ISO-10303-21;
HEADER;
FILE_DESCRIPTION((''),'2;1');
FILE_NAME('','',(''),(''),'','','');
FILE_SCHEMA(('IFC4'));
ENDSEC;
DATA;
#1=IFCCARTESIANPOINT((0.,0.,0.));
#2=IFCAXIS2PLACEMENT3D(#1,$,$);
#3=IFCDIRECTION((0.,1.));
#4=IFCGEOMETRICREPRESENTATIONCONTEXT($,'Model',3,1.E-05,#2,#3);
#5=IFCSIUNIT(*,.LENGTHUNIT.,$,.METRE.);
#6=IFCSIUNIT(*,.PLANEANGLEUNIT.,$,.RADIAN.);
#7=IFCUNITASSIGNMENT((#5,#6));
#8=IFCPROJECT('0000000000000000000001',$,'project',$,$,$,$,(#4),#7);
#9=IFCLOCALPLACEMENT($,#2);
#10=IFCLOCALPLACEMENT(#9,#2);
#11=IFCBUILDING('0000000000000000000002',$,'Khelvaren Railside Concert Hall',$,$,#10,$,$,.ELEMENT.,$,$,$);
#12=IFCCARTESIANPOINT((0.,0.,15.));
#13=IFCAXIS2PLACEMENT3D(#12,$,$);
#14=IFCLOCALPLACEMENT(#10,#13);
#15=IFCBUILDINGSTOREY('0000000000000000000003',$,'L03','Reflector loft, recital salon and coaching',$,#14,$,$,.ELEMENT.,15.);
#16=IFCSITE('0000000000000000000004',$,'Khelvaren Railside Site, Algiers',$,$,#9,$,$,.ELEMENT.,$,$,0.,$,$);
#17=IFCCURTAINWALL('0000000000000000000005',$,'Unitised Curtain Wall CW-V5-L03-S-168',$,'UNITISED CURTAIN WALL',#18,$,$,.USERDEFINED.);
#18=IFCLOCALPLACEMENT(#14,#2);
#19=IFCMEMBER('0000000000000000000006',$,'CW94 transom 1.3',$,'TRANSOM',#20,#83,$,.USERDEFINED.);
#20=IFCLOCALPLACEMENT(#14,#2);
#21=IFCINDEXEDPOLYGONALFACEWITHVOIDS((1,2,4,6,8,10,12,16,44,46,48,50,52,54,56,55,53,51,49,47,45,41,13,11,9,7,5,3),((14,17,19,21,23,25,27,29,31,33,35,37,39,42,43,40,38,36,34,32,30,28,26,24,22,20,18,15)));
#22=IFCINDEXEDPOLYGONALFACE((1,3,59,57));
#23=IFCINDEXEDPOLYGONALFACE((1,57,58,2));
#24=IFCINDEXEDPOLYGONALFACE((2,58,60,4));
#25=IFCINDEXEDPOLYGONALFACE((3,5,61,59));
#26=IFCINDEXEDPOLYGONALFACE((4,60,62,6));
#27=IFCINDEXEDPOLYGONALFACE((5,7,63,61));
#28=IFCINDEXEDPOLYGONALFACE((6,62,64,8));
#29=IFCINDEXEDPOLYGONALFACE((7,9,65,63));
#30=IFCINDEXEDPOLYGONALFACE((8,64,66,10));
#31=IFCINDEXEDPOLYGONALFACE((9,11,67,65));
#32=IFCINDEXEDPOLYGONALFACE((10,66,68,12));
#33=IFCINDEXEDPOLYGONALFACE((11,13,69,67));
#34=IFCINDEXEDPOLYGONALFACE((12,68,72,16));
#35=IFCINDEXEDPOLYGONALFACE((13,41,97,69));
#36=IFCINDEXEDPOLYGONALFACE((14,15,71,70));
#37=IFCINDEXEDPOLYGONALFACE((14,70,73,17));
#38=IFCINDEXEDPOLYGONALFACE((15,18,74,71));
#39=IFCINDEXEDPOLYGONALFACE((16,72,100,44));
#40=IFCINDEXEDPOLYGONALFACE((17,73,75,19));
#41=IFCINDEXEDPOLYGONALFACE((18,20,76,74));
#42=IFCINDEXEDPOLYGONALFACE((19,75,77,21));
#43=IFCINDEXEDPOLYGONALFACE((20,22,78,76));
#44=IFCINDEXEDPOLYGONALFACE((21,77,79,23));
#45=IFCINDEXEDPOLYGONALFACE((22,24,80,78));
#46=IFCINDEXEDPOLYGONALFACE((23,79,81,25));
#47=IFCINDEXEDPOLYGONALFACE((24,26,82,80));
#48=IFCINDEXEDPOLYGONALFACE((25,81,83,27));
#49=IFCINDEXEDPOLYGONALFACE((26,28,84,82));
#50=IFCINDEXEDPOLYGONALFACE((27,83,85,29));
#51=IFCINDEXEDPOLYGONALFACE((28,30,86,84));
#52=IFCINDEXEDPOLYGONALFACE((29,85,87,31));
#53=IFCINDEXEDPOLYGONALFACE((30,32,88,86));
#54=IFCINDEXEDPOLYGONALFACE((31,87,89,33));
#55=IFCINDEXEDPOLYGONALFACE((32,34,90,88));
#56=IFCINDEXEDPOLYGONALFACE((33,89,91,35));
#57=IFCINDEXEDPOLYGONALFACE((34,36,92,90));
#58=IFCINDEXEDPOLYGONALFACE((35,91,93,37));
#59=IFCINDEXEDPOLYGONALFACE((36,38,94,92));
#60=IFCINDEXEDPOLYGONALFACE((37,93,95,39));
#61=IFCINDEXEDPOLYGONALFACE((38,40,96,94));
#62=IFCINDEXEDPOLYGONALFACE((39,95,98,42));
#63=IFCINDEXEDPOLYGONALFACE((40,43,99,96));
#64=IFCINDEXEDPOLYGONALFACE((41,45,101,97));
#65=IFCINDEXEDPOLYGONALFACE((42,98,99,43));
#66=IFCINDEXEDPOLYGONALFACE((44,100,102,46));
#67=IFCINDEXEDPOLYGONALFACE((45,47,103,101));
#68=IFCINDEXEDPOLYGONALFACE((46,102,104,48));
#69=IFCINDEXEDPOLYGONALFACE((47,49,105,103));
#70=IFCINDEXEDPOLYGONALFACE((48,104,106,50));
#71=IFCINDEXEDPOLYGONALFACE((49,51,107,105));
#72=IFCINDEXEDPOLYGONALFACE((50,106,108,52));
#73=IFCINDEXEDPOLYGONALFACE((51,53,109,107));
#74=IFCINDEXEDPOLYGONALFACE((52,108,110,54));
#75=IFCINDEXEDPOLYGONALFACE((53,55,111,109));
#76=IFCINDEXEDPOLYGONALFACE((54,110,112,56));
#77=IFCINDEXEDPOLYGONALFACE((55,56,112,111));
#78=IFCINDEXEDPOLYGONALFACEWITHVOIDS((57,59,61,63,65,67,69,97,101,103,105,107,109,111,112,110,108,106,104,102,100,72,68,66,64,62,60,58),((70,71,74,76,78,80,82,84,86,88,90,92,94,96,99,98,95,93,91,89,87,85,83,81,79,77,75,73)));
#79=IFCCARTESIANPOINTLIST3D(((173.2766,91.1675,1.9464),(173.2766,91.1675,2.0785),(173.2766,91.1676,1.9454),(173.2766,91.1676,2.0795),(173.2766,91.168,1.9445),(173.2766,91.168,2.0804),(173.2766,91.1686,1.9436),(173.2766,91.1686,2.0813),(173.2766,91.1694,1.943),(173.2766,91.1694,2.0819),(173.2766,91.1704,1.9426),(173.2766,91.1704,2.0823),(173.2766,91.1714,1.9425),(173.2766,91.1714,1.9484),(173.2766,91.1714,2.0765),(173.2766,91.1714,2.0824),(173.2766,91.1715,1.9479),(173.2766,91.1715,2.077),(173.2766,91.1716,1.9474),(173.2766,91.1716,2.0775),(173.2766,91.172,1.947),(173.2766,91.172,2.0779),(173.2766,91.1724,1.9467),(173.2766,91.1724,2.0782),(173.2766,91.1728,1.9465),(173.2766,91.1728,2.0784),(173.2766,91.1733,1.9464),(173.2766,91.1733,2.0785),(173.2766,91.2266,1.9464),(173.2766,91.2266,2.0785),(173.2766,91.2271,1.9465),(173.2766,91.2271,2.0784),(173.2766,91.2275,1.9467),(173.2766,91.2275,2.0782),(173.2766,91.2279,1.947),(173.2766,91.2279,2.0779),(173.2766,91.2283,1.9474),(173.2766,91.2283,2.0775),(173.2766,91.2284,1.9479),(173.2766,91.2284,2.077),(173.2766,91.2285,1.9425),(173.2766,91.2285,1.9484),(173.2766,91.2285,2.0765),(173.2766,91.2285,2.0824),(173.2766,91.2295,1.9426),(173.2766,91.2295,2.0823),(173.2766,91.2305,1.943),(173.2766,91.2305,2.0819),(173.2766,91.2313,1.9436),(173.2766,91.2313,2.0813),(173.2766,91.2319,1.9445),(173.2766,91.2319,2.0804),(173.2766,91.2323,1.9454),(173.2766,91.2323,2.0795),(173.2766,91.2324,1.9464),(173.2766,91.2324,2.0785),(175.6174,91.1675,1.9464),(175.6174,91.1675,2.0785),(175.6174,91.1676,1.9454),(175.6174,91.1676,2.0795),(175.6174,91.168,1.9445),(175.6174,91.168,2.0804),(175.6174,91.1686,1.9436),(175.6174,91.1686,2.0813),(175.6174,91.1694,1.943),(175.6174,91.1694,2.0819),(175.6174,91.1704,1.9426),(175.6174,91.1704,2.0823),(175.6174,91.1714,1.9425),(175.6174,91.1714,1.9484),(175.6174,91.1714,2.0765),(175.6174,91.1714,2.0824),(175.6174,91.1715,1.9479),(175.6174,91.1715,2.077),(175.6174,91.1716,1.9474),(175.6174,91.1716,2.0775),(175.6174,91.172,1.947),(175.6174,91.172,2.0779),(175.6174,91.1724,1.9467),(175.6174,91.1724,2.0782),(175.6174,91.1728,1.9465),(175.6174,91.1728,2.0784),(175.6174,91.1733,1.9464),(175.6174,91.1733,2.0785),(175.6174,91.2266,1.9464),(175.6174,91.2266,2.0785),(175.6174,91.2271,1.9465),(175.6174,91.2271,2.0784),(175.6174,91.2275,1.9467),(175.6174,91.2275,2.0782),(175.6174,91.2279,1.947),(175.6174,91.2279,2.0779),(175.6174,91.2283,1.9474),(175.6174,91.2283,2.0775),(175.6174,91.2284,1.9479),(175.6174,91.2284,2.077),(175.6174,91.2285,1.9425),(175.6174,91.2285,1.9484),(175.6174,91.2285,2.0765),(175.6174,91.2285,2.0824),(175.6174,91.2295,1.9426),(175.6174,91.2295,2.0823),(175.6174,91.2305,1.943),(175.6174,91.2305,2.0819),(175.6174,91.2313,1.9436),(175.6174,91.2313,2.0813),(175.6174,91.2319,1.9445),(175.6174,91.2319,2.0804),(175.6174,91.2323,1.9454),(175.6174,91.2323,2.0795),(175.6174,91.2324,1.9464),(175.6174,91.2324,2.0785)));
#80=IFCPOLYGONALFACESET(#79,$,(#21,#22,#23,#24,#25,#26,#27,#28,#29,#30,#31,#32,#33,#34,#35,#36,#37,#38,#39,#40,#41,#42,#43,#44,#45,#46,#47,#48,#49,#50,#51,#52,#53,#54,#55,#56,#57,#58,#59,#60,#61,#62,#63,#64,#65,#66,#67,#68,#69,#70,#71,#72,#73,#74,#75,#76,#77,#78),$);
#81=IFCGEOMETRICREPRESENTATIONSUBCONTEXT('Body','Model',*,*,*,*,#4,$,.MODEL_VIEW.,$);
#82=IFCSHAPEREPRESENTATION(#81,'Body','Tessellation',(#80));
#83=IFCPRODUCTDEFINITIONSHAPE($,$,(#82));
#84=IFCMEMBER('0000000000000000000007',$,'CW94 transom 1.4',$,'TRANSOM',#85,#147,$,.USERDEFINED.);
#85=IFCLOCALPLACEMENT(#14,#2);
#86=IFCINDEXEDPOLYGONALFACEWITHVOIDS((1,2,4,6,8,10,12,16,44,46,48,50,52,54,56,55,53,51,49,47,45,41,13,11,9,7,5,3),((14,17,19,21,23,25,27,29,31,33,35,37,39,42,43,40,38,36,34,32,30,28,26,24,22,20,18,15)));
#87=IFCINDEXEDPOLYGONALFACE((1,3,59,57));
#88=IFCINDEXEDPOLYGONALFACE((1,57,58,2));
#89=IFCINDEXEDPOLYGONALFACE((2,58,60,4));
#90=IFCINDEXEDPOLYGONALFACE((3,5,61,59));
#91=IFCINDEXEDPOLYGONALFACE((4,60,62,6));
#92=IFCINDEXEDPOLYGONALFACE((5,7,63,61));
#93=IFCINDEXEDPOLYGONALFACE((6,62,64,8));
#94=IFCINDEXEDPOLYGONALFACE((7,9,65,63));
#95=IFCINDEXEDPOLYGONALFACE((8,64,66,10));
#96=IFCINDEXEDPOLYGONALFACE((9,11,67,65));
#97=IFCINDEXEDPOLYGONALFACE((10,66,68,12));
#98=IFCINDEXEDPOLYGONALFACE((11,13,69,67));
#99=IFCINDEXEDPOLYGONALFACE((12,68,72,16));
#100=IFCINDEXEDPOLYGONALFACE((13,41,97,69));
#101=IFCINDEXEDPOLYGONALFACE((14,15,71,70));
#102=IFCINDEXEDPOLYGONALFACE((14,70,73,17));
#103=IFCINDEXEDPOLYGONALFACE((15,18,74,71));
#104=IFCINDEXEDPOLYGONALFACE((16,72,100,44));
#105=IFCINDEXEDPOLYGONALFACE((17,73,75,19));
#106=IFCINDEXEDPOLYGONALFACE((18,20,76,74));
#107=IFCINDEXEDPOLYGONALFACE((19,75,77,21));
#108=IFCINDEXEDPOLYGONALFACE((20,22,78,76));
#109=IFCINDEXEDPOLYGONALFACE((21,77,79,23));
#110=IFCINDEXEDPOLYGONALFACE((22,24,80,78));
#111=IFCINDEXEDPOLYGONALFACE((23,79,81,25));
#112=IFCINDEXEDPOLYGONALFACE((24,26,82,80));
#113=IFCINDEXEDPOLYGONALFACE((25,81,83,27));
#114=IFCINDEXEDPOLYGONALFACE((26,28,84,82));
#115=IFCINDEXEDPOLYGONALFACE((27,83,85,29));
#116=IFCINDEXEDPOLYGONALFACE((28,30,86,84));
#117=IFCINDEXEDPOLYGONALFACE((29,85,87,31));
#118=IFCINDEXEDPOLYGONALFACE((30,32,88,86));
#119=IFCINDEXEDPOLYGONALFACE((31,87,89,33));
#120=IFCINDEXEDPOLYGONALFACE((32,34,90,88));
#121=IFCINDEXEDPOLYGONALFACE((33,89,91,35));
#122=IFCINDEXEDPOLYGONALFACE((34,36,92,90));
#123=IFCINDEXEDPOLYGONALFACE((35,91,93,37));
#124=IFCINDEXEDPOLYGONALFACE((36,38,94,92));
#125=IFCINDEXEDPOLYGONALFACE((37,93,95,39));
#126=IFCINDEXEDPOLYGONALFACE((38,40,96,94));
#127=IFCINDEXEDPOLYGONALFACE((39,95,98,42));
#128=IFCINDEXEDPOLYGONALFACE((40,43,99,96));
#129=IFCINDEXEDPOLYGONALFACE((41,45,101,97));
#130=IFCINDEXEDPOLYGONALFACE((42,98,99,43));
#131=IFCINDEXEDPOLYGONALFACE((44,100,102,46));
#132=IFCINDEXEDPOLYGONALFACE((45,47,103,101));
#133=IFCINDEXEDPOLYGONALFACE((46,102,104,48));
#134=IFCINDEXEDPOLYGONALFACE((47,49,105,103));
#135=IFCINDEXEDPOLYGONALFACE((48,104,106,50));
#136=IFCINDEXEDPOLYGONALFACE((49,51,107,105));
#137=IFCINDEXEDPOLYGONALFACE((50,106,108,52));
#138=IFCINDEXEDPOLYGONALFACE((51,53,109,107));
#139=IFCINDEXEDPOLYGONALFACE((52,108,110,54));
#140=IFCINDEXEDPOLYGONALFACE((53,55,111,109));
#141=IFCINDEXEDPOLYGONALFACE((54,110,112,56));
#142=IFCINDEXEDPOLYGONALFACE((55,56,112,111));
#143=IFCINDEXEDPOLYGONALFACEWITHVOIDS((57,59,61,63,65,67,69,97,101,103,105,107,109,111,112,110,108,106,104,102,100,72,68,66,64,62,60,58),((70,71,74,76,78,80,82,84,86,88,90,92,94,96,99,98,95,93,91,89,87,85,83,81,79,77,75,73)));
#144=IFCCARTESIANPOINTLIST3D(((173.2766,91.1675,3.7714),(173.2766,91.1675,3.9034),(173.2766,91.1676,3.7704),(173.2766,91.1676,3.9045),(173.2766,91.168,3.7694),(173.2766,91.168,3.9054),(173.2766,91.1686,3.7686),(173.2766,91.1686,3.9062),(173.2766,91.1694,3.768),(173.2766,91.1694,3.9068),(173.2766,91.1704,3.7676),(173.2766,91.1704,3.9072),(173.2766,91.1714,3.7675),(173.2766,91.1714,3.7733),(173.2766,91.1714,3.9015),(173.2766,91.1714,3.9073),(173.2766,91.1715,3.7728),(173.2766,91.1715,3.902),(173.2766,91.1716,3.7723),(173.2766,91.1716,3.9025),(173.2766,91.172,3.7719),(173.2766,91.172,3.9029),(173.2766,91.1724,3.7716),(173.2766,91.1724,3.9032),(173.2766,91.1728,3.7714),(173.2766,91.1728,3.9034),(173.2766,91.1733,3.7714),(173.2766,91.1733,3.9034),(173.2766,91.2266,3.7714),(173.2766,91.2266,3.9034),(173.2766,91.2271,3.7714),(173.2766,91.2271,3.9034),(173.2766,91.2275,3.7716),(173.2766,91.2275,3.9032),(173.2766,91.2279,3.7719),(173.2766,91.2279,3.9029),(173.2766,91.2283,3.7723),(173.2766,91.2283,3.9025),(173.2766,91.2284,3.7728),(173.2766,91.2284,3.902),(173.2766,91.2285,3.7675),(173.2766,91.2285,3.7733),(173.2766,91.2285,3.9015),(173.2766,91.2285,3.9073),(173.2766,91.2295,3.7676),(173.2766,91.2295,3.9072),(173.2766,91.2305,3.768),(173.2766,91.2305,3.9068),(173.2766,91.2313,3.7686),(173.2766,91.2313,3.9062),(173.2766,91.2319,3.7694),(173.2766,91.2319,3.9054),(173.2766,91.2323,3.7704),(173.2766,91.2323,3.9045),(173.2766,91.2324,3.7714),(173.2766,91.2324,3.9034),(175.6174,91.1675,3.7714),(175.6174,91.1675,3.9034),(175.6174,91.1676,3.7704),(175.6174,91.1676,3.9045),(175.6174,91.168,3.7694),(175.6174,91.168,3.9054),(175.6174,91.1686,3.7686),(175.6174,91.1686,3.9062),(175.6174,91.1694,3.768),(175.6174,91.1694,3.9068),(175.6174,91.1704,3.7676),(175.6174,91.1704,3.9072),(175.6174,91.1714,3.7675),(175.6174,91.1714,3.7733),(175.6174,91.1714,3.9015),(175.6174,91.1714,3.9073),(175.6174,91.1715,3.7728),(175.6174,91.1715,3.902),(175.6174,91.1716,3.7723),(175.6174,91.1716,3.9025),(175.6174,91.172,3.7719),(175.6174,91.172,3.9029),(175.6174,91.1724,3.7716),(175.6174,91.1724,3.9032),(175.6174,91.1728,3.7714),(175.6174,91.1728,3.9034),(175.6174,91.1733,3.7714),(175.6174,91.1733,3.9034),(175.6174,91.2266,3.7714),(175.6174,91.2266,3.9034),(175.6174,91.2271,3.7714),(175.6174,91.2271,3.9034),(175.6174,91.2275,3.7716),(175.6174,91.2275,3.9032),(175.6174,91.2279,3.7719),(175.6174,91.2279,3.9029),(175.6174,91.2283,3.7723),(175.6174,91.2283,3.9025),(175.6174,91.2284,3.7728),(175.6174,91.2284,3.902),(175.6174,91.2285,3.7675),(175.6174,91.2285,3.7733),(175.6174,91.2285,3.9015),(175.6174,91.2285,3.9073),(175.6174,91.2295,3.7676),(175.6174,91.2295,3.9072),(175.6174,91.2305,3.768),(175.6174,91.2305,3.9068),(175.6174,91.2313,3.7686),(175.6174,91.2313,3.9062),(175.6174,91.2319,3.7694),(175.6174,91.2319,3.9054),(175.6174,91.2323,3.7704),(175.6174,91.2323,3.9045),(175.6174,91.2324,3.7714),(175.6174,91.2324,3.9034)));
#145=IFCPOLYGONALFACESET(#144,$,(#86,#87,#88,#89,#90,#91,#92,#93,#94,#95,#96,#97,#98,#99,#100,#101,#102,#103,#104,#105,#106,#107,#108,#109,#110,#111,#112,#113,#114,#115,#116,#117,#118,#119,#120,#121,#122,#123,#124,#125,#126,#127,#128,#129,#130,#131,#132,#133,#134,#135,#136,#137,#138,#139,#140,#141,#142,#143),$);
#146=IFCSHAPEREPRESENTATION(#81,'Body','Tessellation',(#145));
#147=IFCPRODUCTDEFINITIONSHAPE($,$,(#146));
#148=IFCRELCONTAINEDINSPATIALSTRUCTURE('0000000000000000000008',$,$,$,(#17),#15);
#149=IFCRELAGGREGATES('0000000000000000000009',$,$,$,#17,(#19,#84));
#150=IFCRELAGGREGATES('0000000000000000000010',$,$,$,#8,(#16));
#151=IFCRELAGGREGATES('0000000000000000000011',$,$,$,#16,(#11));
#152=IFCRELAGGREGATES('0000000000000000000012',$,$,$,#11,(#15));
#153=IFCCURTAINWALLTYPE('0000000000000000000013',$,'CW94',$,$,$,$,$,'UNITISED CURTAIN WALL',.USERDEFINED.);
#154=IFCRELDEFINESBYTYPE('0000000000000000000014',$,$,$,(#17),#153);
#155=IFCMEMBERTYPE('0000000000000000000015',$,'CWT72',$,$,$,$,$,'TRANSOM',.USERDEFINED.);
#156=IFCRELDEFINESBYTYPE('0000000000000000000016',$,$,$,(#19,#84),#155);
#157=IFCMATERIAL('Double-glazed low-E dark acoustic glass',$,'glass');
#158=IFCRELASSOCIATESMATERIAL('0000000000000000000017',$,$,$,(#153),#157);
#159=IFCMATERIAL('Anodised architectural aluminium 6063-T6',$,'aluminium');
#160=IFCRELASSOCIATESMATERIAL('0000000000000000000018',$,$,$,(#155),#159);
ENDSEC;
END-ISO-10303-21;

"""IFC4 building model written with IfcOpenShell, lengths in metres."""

from ifc_helpers import new_model, si_unit, direction, frame, origin, origin_2d, place, context, subcontext, project, spatial, hollow_rectangle, extrude, material, material_profile, profile_set, type_object, element, aggregate, save


model = new_model("IFC4")

# Units and contexts
model_context = context("Model", 3, precision=1e-05, world=origin(), true_north=direction((0.0, 1.0)))
body_context = subcontext(model_context, "Body", "Model", "MODEL_VIEW")
ifc_project = project(units=[si_unit("LENGTHUNIT", "METRE"), si_unit("PLANEANGLEUNIT", "RADIAN")], contexts=[model_context])

# Site, building, storey
site_placement = place(None, origin())
site = spatial("IfcSite", under=ifc_project, at=site_placement, Name="Khelvaren Railside Site, Algiers", CompositionType="ELEMENT", RefElevation=0.0)
building_placement = place(site_placement, origin())
building = spatial("IfcBuilding", under=site, at=building_placement, Name="Khelvaren Railside Concert Hall", CompositionType="ELEMENT")
storey_placement = place(building_placement, frame((0.0, 0.0, 15.0)))
storey = spatial("IfcBuildingStorey", under=building, at=storey_placement, Name="L03", Description="Reflector loft, recital salon and coaching", CompositionType="ELEMENT", Elevation=15.0)

# Curtain wall
ifc_material_1 = material(Name="Double-glazed low-E dark acoustic glass", Category="glass")
curtain_wall_type_1 = type_object("IfcCurtainWallType", Name="CW94", ElementType="UNITISED CURTAIN WALL", PredefinedType="USERDEFINED", material=ifc_material_1)
curtain_wall_1_placement = place(storey_placement, origin())
curtain_wall_1 = element("IfcCurtainWall", 1, at=curtain_wall_1_placement, inside=storey, type_object=curtain_wall_type_1, Name="Unitised Curtain Wall CW-V5-L03-S-168", ObjectType="UNITISED CURTAIN WALL", PredefinedType="USERDEFINED")
ifc_material_2 = material(Name="Anodised architectural aluminium 6063-T6", Category="aluminium")

# Members
ifc_material_profile_1 = material_profile(ifc_material_2, hollow_rectangle(XDim=0.0649, YDim=0.1399, WallThickness=0.0039, InnerFilletRadius=0.002, OuterFilletRadius=0.0039, at=origin_2d()), Name="CWT 65x140x4")
ifc_profile_set_1 = profile_set([ifc_material_profile_1], Name="Anodised architectural aluminium 6063-T6")
member_type_1 = type_object("IfcMemberType", Name="CWT72", ElementType="TRANSOM", PredefinedType="USERDEFINED", material=ifc_profile_set_1)
member_1_placement = place(storey_placement, frame((175.6174, 91.2, 2.0125), z_axis=(-1.0, 0.0, 0.0), x_axis=(0.0, -1.0, 0.0)))
member_1 = element("IfcMember", 2, at=member_1_placement, type_object=member_type_1, Name="CW94 transom 1.3", ObjectType="TRANSOM", PredefinedType="USERDEFINED", context=body_context, shape_type="SweptSolid", body=[
    extrude(hollow_rectangle(XDim=0.0649, YDim=0.1399, WallThickness=0.0039, InnerFilletRadius=0.002, OuterFilletRadius=0.0039, at=origin_2d()), origin(), (0.0, 0.0, 1.0), 2.3408),
])
member_2_placement = place(storey_placement, frame((175.6174, 91.2, 3.8374), z_axis=(-1.0, 0.0, 0.0), x_axis=(0.0, -1.0, 0.0)))
member_2 = element("IfcMember", 3, at=member_2_placement, type_object=member_type_1, Name="CW94 transom 1.4", ObjectType="TRANSOM", PredefinedType="USERDEFINED", context=body_context, shape_type="SweptSolid", body=[
    extrude(hollow_rectangle(XDim=0.0649, YDim=0.1399, WallThickness=0.0039, InnerFilletRadius=0.002, OuterFilletRadius=0.0039, at=origin_2d()), origin(), (0.0, 0.0, 1.0), 2.3408),
])

aggregate(curtain_wall_1, [member_1, member_2])

save(model, "model.ifc")
